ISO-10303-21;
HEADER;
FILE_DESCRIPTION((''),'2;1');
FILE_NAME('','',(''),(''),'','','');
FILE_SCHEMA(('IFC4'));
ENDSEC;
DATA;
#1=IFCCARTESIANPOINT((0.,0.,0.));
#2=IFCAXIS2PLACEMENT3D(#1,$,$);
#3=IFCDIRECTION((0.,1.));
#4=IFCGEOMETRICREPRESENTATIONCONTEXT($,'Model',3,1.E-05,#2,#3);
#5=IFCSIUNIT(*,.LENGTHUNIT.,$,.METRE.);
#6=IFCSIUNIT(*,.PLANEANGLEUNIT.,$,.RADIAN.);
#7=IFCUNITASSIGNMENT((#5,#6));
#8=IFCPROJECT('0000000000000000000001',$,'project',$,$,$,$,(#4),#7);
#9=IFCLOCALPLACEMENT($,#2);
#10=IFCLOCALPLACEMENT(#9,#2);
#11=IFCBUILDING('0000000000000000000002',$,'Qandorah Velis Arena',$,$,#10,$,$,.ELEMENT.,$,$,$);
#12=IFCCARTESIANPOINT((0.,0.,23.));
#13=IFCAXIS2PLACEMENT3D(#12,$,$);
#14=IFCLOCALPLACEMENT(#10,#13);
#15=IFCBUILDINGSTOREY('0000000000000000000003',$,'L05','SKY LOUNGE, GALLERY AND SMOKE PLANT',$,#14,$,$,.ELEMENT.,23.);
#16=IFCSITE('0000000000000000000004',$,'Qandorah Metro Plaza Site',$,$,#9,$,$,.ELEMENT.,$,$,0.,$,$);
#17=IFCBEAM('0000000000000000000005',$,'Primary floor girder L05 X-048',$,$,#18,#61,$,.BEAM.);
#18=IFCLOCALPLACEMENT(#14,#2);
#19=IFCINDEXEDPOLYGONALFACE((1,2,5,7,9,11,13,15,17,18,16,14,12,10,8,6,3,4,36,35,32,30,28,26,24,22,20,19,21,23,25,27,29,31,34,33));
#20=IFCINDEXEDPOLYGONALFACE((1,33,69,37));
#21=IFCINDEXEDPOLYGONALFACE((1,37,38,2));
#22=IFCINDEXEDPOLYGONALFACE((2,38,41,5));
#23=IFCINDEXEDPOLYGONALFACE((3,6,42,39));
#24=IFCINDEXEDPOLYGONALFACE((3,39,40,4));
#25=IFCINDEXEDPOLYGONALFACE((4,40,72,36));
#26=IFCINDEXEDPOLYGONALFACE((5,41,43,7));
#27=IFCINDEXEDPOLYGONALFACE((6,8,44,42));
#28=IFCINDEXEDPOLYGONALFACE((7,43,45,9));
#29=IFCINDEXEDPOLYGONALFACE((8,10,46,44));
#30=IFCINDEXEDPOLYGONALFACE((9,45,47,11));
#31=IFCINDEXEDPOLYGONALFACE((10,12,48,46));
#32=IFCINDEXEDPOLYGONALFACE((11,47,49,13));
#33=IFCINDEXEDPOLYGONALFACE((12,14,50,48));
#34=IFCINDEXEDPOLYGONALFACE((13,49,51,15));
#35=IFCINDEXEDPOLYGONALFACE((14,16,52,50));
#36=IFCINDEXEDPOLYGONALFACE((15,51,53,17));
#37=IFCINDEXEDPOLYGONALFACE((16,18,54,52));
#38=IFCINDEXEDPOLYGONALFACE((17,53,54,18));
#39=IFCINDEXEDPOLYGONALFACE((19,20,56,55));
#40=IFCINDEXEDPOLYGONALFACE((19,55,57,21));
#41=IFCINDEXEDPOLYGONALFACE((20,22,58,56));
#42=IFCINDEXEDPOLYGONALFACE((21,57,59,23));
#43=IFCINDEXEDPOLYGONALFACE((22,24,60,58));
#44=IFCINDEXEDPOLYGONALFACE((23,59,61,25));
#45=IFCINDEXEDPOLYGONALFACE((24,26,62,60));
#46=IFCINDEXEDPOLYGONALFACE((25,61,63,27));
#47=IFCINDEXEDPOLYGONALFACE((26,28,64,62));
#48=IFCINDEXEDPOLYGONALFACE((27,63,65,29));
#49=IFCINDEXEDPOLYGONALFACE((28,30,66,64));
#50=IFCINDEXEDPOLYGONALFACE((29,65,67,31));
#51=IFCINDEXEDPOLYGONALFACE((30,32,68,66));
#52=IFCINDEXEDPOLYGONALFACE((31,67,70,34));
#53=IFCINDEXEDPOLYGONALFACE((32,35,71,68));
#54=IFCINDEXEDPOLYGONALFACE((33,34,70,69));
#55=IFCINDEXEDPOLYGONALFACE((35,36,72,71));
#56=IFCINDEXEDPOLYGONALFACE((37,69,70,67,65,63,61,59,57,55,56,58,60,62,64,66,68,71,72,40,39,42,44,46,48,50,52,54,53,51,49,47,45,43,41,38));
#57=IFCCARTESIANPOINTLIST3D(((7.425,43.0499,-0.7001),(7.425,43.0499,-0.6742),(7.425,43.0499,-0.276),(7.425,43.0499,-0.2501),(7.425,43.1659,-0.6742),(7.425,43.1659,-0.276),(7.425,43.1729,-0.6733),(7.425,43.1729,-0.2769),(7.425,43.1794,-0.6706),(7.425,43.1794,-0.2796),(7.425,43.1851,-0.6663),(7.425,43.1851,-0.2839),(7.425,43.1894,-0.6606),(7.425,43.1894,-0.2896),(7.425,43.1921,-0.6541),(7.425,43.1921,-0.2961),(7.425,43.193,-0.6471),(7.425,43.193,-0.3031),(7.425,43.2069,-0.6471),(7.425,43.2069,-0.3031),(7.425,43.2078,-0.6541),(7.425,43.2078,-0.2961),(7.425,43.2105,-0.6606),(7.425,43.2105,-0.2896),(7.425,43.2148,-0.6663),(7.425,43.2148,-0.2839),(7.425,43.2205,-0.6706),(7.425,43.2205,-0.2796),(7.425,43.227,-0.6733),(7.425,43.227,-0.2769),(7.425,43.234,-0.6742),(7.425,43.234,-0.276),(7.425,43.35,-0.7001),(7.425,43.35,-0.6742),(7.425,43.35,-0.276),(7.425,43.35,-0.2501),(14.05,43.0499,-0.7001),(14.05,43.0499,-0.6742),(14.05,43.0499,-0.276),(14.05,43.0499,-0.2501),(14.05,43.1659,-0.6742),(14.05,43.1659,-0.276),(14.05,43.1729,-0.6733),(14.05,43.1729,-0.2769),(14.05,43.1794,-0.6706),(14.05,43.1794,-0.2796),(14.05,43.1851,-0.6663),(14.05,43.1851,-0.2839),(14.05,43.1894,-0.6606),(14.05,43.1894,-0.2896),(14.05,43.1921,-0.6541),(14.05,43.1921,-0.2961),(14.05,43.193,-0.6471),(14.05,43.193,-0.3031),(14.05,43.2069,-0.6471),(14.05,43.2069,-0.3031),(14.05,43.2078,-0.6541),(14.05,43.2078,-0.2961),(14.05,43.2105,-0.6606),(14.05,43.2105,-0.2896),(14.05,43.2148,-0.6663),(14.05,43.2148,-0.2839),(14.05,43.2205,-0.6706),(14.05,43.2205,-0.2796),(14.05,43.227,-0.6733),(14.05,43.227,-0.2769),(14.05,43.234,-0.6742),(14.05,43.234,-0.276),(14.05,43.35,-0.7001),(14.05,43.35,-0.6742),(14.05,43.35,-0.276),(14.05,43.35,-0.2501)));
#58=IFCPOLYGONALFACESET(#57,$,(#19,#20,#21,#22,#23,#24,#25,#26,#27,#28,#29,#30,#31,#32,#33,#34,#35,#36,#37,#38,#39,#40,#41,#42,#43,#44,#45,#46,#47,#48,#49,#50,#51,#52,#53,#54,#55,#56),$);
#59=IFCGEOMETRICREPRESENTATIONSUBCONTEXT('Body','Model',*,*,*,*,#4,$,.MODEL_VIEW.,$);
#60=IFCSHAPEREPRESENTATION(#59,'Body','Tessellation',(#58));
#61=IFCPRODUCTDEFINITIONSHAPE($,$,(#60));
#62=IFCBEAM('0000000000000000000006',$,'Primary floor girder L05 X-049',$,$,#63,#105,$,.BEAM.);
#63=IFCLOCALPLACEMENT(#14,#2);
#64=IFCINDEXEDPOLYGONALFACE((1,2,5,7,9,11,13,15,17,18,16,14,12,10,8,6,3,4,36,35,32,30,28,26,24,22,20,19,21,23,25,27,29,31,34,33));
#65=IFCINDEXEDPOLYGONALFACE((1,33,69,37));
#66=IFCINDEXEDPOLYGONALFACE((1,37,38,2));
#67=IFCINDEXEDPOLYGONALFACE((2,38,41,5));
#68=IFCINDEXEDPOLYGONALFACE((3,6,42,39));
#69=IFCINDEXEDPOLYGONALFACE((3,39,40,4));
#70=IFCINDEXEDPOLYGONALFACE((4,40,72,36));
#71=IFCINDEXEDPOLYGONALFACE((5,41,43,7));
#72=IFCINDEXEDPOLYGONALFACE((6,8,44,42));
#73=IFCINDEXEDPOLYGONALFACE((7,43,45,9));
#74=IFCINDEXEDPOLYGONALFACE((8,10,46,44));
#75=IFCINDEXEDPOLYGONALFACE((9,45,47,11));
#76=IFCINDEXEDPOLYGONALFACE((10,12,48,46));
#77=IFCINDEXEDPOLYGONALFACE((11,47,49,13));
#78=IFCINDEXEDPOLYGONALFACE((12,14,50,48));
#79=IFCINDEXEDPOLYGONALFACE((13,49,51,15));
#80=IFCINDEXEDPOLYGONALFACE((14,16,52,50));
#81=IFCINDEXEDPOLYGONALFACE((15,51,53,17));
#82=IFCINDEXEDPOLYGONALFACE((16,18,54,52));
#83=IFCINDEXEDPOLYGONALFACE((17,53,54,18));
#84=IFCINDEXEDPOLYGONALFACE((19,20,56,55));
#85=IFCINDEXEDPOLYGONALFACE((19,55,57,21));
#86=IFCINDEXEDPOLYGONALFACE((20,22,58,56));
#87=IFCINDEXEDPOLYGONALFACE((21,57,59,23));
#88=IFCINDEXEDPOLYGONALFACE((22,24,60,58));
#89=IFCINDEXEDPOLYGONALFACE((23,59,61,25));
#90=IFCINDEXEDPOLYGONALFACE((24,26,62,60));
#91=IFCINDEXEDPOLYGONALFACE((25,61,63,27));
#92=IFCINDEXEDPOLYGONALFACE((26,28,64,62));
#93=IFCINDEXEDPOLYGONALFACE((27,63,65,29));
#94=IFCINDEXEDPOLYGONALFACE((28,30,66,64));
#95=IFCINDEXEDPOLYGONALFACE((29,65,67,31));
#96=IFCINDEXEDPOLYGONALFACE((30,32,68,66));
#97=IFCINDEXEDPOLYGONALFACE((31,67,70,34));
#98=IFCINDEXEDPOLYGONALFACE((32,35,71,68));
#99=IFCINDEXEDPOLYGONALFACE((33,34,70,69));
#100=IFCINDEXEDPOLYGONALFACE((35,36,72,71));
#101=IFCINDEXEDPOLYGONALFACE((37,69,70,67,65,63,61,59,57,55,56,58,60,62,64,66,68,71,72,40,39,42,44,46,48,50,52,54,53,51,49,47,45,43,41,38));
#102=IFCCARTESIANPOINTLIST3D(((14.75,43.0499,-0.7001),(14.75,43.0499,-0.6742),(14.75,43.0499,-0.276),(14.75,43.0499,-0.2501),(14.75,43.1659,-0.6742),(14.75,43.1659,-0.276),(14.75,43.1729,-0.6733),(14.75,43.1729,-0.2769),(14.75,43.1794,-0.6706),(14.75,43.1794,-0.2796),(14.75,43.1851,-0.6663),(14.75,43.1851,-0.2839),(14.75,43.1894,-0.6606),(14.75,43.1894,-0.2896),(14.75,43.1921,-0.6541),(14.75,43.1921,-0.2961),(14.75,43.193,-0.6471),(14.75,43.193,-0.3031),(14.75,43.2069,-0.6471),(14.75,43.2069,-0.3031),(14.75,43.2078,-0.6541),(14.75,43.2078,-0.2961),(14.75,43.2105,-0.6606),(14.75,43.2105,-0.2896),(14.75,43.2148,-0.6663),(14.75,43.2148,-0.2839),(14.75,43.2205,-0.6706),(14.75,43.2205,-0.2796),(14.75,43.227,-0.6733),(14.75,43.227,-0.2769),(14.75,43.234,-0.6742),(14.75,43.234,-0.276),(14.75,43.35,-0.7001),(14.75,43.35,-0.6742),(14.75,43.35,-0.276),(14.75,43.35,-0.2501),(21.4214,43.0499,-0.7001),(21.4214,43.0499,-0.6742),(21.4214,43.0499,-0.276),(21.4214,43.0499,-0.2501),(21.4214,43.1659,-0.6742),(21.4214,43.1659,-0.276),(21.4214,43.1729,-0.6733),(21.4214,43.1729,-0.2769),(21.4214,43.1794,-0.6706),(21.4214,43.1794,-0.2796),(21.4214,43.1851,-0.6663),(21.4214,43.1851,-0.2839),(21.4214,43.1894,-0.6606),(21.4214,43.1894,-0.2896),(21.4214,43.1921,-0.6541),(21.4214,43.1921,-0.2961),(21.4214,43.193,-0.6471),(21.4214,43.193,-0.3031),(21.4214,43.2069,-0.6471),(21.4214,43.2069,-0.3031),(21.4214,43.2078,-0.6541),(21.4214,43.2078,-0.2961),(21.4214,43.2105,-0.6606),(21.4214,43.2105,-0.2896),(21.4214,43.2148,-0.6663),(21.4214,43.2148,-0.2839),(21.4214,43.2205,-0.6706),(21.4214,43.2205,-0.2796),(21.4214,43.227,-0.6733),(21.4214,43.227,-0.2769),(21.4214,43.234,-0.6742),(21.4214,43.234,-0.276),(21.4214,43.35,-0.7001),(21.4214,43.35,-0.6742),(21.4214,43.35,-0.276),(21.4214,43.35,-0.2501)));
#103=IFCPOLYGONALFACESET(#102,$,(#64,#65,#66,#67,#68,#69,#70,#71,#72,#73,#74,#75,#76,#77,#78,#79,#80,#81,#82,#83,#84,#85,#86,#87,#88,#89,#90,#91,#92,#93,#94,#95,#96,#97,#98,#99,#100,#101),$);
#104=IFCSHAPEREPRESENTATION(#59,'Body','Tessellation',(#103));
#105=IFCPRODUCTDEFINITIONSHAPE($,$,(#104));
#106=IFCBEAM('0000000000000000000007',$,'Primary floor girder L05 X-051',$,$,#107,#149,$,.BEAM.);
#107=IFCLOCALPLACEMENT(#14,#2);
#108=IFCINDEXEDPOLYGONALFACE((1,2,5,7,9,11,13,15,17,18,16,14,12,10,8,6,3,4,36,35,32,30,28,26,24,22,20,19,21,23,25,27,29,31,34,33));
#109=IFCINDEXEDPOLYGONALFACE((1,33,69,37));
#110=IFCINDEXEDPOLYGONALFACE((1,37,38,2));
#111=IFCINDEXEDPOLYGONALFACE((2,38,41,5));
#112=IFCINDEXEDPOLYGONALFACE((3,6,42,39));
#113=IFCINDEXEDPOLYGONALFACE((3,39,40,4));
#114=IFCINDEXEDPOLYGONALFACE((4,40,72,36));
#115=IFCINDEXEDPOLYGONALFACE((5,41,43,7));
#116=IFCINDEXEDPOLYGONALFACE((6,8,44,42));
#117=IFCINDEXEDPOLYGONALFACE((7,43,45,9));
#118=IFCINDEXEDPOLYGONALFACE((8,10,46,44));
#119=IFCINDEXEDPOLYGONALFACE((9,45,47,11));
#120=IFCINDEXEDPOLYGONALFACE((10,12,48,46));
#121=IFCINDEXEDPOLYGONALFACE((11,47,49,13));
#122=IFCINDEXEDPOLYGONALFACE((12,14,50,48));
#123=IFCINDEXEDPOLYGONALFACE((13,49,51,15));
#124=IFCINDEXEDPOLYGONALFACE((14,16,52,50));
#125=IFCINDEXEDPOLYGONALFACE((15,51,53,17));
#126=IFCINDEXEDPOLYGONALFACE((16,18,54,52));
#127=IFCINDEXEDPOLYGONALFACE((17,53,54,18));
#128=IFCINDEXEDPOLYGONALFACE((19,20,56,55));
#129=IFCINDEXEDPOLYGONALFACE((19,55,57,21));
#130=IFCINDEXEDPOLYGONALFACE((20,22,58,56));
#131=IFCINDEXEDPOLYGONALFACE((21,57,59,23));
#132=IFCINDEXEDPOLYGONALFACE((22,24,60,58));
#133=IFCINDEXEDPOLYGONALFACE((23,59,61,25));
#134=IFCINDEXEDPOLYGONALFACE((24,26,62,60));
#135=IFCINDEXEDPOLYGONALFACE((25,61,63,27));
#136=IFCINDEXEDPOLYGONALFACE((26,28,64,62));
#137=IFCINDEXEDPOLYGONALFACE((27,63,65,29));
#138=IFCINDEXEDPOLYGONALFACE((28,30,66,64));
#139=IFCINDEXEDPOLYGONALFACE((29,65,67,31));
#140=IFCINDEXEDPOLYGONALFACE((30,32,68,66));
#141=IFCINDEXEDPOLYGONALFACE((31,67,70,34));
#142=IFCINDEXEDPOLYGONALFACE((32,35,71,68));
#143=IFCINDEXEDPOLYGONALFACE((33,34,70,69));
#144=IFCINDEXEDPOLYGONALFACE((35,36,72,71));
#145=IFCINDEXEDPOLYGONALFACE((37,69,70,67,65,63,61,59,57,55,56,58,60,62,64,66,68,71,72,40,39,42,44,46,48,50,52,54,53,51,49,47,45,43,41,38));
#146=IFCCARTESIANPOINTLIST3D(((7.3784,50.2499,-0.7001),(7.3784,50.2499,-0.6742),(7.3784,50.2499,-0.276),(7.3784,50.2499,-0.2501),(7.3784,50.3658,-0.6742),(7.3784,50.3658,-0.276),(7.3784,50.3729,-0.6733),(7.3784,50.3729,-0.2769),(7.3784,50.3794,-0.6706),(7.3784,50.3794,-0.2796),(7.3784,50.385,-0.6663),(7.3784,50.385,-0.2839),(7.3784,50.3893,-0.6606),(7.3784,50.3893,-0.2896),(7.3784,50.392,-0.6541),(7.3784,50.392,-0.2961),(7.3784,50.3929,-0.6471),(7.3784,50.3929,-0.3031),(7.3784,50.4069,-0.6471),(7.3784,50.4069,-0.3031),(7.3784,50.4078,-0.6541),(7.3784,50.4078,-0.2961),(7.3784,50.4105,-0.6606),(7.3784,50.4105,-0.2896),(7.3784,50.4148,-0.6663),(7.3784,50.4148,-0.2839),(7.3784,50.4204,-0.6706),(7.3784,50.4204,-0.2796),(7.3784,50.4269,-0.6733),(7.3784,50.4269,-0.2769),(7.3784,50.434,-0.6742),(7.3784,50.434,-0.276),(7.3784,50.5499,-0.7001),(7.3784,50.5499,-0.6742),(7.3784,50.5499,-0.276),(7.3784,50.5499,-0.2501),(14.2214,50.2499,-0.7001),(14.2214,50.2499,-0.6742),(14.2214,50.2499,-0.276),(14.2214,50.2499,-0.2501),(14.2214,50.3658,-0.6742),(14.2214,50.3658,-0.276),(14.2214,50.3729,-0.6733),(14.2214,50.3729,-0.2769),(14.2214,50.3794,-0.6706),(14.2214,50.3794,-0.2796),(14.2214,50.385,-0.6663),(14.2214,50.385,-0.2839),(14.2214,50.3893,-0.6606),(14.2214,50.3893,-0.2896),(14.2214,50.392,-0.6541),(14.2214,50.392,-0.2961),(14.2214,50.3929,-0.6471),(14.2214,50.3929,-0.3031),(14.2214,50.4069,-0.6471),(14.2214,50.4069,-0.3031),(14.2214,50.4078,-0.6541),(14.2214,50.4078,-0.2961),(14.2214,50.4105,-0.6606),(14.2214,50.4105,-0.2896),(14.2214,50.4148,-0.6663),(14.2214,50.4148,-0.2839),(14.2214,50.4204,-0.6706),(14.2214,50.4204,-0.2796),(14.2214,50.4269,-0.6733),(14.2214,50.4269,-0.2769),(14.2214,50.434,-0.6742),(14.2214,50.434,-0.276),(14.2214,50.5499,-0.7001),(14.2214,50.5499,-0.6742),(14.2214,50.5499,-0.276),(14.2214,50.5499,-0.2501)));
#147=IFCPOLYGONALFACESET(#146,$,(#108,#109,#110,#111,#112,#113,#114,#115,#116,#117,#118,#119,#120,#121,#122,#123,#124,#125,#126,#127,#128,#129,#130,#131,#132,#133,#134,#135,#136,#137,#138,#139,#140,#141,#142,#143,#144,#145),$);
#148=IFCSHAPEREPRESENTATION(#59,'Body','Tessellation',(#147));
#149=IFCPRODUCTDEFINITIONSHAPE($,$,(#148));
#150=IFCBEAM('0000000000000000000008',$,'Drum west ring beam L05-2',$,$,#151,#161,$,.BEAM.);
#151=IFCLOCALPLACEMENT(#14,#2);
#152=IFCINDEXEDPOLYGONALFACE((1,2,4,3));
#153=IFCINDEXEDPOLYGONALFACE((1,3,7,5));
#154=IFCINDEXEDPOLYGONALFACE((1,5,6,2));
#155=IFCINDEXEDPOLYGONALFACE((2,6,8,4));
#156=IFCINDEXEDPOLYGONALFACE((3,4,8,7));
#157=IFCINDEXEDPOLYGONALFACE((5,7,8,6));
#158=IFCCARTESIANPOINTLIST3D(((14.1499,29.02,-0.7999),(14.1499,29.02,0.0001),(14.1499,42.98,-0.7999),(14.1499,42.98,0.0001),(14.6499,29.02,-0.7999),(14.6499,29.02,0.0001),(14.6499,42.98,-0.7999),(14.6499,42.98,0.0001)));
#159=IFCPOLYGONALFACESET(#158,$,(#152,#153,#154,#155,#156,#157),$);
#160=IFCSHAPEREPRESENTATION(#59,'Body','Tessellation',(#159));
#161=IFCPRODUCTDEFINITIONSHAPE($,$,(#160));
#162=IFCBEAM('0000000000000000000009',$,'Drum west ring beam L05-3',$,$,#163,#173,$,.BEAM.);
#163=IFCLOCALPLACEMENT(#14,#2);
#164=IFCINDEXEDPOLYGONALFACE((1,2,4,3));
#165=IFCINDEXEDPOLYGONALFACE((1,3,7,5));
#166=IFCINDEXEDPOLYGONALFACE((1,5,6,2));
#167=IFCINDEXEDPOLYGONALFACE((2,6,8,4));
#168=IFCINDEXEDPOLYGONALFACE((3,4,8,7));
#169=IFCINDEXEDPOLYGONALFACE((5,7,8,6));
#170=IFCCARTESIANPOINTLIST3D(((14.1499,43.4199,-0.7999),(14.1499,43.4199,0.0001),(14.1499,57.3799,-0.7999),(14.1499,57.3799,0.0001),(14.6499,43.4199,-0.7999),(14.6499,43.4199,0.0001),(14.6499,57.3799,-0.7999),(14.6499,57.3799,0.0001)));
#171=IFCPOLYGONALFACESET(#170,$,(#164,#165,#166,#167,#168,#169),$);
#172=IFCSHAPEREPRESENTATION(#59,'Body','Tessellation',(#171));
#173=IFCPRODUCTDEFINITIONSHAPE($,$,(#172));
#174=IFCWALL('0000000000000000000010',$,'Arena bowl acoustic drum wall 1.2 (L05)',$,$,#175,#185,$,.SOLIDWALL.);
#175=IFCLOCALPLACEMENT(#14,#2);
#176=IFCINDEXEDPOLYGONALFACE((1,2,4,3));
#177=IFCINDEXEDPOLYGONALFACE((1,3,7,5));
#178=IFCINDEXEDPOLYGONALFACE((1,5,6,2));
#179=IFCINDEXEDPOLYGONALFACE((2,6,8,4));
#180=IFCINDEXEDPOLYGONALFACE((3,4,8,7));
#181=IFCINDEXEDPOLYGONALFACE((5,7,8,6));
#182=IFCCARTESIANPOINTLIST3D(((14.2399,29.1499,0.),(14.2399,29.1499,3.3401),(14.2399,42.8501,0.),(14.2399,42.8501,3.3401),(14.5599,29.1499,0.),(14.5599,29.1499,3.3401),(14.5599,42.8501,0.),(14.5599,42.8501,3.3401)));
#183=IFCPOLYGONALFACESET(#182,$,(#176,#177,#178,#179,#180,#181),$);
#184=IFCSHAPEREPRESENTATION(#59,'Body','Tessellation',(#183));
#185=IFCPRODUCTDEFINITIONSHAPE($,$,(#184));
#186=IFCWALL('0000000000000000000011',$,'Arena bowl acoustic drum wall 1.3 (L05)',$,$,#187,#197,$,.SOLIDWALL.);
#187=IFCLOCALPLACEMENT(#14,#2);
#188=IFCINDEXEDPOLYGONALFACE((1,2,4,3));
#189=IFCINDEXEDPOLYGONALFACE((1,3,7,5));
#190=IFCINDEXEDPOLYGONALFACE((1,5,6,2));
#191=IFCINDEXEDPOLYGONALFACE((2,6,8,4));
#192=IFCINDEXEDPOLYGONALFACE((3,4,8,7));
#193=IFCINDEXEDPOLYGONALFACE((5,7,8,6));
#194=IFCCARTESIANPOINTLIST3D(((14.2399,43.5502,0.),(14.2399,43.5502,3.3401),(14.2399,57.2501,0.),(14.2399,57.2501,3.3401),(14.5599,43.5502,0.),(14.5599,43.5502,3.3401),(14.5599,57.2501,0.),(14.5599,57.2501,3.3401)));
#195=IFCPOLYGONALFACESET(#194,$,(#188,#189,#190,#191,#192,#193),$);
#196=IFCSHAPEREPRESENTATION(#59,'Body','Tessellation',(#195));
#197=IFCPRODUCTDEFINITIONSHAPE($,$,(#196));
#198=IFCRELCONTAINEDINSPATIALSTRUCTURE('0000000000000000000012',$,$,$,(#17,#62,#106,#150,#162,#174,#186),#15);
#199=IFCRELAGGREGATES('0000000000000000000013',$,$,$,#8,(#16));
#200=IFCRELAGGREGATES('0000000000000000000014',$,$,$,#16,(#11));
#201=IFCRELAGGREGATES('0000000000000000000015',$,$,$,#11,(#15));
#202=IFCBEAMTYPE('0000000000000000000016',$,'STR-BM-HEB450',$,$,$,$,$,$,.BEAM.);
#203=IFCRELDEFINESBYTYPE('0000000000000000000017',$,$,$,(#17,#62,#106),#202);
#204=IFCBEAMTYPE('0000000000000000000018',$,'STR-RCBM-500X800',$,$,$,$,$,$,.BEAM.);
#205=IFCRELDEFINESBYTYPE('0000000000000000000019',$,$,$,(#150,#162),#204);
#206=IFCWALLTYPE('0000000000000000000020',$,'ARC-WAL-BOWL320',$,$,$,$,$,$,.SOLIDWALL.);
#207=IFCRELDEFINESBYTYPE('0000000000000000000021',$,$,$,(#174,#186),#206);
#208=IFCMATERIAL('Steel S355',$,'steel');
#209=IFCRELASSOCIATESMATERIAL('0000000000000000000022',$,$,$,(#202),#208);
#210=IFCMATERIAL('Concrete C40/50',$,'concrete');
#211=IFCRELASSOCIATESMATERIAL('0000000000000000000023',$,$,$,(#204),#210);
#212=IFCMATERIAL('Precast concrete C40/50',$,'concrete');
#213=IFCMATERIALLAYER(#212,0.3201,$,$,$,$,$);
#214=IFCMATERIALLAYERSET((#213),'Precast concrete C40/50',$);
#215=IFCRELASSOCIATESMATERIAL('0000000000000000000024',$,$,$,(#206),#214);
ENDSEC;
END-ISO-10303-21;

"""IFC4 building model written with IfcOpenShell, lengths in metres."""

from ifc_helpers import new_model, si_unit, direction, frame, frame_2d, origin, origin_2d, place, context, subcontext, project, spatial, rectangle, i_section, extrude, material, layer, layer_set, material_profile, profile_set, type_object, element, save


model = new_model("IFC4")

# Units and contexts
model_context = context("Model", 3, precision=1e-05, world=origin(), true_north=direction((0.0, 1.0)))
body_context = subcontext(model_context, "Body", "Model", "MODEL_VIEW")
ifc_project = project(units=[si_unit("LENGTHUNIT", "METRE"), si_unit("PLANEANGLEUNIT", "RADIAN")], contexts=[model_context])

# Site, building, storey
site_placement = place(None, origin())
site = spatial("IfcSite", under=ifc_project, at=site_placement, Name="Qandorah Metro Plaza Site", CompositionType="ELEMENT", RefElevation=0.0)
building_placement = place(site_placement, origin())
building = spatial("IfcBuilding", under=site, at=building_placement, Name="Qandorah Velis Arena", CompositionType="ELEMENT")
storey_placement = place(building_placement, frame((0.0, 0.0, 23.0)))
storey = spatial("IfcBuildingStorey", under=building, at=storey_placement, Name="L05", Description="SKY LOUNGE, GALLERY AND SMOKE PLANT", CompositionType="ELEMENT", Elevation=23.0)

# Shared definitions
ifc_material_1 = material(Name="Concrete C40/50", Category="concrete")

# Beams
ifc_material_2 = material(Name="Steel S355", Category="steel")
ifc_material_profile_1 = material_profile(ifc_material_2, i_section(OverallWidth=0.3, OverallDepth=0.45, WebThickness=0.0139, FlangeThickness=0.0259, FilletRadius=0.0271, at=origin_2d()), Name="HEB 450")
ifc_profile_set_1 = profile_set([ifc_material_profile_1], Name="Steel S355")
beam_type_1 = type_object("IfcBeamType", Name="STR-BM-HEB450", PredefinedType="BEAM", material=ifc_profile_set_1)
beam_1_placement = place(storey_placement, frame((7.425, 43.2, -0.4751), z_axis=(1.0, 0.0, 0.0), x_axis=(0.0, 1.0, 0.0)))
element("IfcBeam", 1, at=beam_1_placement, inside=storey, type_object=beam_type_1, Name="Primary floor girder L05 X-048", PredefinedType="BEAM", context=body_context, shape_type="SweptSolid", body=[
    extrude(i_section(OverallWidth=0.3, OverallDepth=0.45, WebThickness=0.0139, FlangeThickness=0.0259, FilletRadius=0.0271, at=origin_2d()), origin(), (0.0, 0.0, 1.0), 6.625),
])
beam_2_placement = place(storey_placement, frame((14.75, 43.2, -0.4751), z_axis=(1.0, 0.0, 0.0), x_axis=(0.0, 1.0, 0.0)))
element("IfcBeam", 2, at=beam_2_placement, inside=storey, type_object=beam_type_1, Name="Primary floor girder L05 X-049", PredefinedType="BEAM", context=body_context, shape_type="SweptSolid", body=[
    extrude(i_section(OverallWidth=0.3, OverallDepth=0.45, WebThickness=0.0139, FlangeThickness=0.0259, FilletRadius=0.0271, at=origin_2d()), origin(), (0.0, 0.0, 1.0), 6.6714),
])
beam_3_placement = place(storey_placement, frame((7.3784, 50.3999, -0.4751), z_axis=(1.0, 0.0, 0.0), x_axis=(0.0, 1.0, 0.0)))
element("IfcBeam", 3, at=beam_3_placement, inside=storey, type_object=beam_type_1, Name="Primary floor girder L05 X-051", PredefinedType="BEAM", context=body_context, shape_type="SweptSolid", body=[
    extrude(i_section(OverallWidth=0.3, OverallDepth=0.45, WebThickness=0.0139, FlangeThickness=0.0259, FilletRadius=0.0271, at=origin_2d()), origin(), (0.0, 0.0, 1.0), 6.843),
])
ifc_material_profile_2 = material_profile(ifc_material_1, rectangle(XDim=0.5, YDim=0.8, at=origin_2d()), Name="RC BM 500x800")
ifc_profile_set_2 = profile_set([ifc_material_profile_2], Name="Concrete C40/50")
beam_type_2 = type_object("IfcBeamType", Name="STR-RCBM-500X800", PredefinedType="BEAM", material=ifc_profile_set_2)
for number, where, z_axis, x_axis, name in (
    (4, (14.3999, 29.02, -0.3999), (0.0, 1.0, 0.0), (-1.0, 0.0, 0.0), "Drum west ring beam L05-2"),
    (5, (14.3999, 43.4199, -0.3999), (0.0, 1.0, 0.0), (-1.0, 0.0, 0.0), "Drum west ring beam L05-3"),
):
    element("IfcBeam", number, at=place(storey_placement, frame(where, z_axis=z_axis, x_axis=x_axis)), inside=storey, type_object=beam_type_2, Name=name, PredefinedType="BEAM", context=body_context, shape_type="SweptSolid", body=[
        extrude(rectangle(XDim=0.5, YDim=0.8, at=origin_2d()), origin(), (0.0, 0.0, 1.0), 13.96),
    ])

# Walls
ifc_material_3 = material(Name="Precast concrete C40/50", Category="concrete")
ifc_layer_1 = layer(ifc_material_3, 0.3201)
ifc_layer_set_1 = layer_set([ifc_layer_1], Name="Precast concrete C40/50")
wall_type_1 = type_object("IfcWallType", Name="ARC-WAL-BOWL320", PredefinedType="SOLIDWALL", material=ifc_layer_set_1)
wall_1_placement = place(storey_placement, frame((14.3999, 29.1499, 0.0), z_axis=(0.0, 0.0, 1.0), x_axis=(0.0, 1.0, 0.0)))
element("IfcWall", 6, at=wall_1_placement, inside=storey, type_object=wall_type_1, Name="Arena bowl acoustic drum wall 1.2 (L05)", PredefinedType="SOLIDWALL", context=body_context, shape_type="SweptSolid", body=[
    extrude(rectangle(XDim=13.7002, YDim=0.3201, at=frame_2d((6.8501, 0.0))), origin(), (0.0, 0.0, 1.0), 3.3401),
])
wall_2_placement = place(storey_placement, frame((14.3999, 43.55, 0.0), z_axis=(0.0, 0.0, 1.0), x_axis=(0.0, 1.0, 0.0)))
element("IfcWall", 7, at=wall_2_placement, inside=storey, type_object=wall_type_1, Name="Arena bowl acoustic drum wall 1.3 (L05)", PredefinedType="SOLIDWALL", context=body_context, shape_type="SweptSolid", body=[
    extrude(rectangle(XDim=13.7, YDim=0.3201, at=frame_2d((6.8501, 0.0))), origin(), (0.0, 0.0, 1.0), 3.3401),
])

save(model, "model.ifc")
